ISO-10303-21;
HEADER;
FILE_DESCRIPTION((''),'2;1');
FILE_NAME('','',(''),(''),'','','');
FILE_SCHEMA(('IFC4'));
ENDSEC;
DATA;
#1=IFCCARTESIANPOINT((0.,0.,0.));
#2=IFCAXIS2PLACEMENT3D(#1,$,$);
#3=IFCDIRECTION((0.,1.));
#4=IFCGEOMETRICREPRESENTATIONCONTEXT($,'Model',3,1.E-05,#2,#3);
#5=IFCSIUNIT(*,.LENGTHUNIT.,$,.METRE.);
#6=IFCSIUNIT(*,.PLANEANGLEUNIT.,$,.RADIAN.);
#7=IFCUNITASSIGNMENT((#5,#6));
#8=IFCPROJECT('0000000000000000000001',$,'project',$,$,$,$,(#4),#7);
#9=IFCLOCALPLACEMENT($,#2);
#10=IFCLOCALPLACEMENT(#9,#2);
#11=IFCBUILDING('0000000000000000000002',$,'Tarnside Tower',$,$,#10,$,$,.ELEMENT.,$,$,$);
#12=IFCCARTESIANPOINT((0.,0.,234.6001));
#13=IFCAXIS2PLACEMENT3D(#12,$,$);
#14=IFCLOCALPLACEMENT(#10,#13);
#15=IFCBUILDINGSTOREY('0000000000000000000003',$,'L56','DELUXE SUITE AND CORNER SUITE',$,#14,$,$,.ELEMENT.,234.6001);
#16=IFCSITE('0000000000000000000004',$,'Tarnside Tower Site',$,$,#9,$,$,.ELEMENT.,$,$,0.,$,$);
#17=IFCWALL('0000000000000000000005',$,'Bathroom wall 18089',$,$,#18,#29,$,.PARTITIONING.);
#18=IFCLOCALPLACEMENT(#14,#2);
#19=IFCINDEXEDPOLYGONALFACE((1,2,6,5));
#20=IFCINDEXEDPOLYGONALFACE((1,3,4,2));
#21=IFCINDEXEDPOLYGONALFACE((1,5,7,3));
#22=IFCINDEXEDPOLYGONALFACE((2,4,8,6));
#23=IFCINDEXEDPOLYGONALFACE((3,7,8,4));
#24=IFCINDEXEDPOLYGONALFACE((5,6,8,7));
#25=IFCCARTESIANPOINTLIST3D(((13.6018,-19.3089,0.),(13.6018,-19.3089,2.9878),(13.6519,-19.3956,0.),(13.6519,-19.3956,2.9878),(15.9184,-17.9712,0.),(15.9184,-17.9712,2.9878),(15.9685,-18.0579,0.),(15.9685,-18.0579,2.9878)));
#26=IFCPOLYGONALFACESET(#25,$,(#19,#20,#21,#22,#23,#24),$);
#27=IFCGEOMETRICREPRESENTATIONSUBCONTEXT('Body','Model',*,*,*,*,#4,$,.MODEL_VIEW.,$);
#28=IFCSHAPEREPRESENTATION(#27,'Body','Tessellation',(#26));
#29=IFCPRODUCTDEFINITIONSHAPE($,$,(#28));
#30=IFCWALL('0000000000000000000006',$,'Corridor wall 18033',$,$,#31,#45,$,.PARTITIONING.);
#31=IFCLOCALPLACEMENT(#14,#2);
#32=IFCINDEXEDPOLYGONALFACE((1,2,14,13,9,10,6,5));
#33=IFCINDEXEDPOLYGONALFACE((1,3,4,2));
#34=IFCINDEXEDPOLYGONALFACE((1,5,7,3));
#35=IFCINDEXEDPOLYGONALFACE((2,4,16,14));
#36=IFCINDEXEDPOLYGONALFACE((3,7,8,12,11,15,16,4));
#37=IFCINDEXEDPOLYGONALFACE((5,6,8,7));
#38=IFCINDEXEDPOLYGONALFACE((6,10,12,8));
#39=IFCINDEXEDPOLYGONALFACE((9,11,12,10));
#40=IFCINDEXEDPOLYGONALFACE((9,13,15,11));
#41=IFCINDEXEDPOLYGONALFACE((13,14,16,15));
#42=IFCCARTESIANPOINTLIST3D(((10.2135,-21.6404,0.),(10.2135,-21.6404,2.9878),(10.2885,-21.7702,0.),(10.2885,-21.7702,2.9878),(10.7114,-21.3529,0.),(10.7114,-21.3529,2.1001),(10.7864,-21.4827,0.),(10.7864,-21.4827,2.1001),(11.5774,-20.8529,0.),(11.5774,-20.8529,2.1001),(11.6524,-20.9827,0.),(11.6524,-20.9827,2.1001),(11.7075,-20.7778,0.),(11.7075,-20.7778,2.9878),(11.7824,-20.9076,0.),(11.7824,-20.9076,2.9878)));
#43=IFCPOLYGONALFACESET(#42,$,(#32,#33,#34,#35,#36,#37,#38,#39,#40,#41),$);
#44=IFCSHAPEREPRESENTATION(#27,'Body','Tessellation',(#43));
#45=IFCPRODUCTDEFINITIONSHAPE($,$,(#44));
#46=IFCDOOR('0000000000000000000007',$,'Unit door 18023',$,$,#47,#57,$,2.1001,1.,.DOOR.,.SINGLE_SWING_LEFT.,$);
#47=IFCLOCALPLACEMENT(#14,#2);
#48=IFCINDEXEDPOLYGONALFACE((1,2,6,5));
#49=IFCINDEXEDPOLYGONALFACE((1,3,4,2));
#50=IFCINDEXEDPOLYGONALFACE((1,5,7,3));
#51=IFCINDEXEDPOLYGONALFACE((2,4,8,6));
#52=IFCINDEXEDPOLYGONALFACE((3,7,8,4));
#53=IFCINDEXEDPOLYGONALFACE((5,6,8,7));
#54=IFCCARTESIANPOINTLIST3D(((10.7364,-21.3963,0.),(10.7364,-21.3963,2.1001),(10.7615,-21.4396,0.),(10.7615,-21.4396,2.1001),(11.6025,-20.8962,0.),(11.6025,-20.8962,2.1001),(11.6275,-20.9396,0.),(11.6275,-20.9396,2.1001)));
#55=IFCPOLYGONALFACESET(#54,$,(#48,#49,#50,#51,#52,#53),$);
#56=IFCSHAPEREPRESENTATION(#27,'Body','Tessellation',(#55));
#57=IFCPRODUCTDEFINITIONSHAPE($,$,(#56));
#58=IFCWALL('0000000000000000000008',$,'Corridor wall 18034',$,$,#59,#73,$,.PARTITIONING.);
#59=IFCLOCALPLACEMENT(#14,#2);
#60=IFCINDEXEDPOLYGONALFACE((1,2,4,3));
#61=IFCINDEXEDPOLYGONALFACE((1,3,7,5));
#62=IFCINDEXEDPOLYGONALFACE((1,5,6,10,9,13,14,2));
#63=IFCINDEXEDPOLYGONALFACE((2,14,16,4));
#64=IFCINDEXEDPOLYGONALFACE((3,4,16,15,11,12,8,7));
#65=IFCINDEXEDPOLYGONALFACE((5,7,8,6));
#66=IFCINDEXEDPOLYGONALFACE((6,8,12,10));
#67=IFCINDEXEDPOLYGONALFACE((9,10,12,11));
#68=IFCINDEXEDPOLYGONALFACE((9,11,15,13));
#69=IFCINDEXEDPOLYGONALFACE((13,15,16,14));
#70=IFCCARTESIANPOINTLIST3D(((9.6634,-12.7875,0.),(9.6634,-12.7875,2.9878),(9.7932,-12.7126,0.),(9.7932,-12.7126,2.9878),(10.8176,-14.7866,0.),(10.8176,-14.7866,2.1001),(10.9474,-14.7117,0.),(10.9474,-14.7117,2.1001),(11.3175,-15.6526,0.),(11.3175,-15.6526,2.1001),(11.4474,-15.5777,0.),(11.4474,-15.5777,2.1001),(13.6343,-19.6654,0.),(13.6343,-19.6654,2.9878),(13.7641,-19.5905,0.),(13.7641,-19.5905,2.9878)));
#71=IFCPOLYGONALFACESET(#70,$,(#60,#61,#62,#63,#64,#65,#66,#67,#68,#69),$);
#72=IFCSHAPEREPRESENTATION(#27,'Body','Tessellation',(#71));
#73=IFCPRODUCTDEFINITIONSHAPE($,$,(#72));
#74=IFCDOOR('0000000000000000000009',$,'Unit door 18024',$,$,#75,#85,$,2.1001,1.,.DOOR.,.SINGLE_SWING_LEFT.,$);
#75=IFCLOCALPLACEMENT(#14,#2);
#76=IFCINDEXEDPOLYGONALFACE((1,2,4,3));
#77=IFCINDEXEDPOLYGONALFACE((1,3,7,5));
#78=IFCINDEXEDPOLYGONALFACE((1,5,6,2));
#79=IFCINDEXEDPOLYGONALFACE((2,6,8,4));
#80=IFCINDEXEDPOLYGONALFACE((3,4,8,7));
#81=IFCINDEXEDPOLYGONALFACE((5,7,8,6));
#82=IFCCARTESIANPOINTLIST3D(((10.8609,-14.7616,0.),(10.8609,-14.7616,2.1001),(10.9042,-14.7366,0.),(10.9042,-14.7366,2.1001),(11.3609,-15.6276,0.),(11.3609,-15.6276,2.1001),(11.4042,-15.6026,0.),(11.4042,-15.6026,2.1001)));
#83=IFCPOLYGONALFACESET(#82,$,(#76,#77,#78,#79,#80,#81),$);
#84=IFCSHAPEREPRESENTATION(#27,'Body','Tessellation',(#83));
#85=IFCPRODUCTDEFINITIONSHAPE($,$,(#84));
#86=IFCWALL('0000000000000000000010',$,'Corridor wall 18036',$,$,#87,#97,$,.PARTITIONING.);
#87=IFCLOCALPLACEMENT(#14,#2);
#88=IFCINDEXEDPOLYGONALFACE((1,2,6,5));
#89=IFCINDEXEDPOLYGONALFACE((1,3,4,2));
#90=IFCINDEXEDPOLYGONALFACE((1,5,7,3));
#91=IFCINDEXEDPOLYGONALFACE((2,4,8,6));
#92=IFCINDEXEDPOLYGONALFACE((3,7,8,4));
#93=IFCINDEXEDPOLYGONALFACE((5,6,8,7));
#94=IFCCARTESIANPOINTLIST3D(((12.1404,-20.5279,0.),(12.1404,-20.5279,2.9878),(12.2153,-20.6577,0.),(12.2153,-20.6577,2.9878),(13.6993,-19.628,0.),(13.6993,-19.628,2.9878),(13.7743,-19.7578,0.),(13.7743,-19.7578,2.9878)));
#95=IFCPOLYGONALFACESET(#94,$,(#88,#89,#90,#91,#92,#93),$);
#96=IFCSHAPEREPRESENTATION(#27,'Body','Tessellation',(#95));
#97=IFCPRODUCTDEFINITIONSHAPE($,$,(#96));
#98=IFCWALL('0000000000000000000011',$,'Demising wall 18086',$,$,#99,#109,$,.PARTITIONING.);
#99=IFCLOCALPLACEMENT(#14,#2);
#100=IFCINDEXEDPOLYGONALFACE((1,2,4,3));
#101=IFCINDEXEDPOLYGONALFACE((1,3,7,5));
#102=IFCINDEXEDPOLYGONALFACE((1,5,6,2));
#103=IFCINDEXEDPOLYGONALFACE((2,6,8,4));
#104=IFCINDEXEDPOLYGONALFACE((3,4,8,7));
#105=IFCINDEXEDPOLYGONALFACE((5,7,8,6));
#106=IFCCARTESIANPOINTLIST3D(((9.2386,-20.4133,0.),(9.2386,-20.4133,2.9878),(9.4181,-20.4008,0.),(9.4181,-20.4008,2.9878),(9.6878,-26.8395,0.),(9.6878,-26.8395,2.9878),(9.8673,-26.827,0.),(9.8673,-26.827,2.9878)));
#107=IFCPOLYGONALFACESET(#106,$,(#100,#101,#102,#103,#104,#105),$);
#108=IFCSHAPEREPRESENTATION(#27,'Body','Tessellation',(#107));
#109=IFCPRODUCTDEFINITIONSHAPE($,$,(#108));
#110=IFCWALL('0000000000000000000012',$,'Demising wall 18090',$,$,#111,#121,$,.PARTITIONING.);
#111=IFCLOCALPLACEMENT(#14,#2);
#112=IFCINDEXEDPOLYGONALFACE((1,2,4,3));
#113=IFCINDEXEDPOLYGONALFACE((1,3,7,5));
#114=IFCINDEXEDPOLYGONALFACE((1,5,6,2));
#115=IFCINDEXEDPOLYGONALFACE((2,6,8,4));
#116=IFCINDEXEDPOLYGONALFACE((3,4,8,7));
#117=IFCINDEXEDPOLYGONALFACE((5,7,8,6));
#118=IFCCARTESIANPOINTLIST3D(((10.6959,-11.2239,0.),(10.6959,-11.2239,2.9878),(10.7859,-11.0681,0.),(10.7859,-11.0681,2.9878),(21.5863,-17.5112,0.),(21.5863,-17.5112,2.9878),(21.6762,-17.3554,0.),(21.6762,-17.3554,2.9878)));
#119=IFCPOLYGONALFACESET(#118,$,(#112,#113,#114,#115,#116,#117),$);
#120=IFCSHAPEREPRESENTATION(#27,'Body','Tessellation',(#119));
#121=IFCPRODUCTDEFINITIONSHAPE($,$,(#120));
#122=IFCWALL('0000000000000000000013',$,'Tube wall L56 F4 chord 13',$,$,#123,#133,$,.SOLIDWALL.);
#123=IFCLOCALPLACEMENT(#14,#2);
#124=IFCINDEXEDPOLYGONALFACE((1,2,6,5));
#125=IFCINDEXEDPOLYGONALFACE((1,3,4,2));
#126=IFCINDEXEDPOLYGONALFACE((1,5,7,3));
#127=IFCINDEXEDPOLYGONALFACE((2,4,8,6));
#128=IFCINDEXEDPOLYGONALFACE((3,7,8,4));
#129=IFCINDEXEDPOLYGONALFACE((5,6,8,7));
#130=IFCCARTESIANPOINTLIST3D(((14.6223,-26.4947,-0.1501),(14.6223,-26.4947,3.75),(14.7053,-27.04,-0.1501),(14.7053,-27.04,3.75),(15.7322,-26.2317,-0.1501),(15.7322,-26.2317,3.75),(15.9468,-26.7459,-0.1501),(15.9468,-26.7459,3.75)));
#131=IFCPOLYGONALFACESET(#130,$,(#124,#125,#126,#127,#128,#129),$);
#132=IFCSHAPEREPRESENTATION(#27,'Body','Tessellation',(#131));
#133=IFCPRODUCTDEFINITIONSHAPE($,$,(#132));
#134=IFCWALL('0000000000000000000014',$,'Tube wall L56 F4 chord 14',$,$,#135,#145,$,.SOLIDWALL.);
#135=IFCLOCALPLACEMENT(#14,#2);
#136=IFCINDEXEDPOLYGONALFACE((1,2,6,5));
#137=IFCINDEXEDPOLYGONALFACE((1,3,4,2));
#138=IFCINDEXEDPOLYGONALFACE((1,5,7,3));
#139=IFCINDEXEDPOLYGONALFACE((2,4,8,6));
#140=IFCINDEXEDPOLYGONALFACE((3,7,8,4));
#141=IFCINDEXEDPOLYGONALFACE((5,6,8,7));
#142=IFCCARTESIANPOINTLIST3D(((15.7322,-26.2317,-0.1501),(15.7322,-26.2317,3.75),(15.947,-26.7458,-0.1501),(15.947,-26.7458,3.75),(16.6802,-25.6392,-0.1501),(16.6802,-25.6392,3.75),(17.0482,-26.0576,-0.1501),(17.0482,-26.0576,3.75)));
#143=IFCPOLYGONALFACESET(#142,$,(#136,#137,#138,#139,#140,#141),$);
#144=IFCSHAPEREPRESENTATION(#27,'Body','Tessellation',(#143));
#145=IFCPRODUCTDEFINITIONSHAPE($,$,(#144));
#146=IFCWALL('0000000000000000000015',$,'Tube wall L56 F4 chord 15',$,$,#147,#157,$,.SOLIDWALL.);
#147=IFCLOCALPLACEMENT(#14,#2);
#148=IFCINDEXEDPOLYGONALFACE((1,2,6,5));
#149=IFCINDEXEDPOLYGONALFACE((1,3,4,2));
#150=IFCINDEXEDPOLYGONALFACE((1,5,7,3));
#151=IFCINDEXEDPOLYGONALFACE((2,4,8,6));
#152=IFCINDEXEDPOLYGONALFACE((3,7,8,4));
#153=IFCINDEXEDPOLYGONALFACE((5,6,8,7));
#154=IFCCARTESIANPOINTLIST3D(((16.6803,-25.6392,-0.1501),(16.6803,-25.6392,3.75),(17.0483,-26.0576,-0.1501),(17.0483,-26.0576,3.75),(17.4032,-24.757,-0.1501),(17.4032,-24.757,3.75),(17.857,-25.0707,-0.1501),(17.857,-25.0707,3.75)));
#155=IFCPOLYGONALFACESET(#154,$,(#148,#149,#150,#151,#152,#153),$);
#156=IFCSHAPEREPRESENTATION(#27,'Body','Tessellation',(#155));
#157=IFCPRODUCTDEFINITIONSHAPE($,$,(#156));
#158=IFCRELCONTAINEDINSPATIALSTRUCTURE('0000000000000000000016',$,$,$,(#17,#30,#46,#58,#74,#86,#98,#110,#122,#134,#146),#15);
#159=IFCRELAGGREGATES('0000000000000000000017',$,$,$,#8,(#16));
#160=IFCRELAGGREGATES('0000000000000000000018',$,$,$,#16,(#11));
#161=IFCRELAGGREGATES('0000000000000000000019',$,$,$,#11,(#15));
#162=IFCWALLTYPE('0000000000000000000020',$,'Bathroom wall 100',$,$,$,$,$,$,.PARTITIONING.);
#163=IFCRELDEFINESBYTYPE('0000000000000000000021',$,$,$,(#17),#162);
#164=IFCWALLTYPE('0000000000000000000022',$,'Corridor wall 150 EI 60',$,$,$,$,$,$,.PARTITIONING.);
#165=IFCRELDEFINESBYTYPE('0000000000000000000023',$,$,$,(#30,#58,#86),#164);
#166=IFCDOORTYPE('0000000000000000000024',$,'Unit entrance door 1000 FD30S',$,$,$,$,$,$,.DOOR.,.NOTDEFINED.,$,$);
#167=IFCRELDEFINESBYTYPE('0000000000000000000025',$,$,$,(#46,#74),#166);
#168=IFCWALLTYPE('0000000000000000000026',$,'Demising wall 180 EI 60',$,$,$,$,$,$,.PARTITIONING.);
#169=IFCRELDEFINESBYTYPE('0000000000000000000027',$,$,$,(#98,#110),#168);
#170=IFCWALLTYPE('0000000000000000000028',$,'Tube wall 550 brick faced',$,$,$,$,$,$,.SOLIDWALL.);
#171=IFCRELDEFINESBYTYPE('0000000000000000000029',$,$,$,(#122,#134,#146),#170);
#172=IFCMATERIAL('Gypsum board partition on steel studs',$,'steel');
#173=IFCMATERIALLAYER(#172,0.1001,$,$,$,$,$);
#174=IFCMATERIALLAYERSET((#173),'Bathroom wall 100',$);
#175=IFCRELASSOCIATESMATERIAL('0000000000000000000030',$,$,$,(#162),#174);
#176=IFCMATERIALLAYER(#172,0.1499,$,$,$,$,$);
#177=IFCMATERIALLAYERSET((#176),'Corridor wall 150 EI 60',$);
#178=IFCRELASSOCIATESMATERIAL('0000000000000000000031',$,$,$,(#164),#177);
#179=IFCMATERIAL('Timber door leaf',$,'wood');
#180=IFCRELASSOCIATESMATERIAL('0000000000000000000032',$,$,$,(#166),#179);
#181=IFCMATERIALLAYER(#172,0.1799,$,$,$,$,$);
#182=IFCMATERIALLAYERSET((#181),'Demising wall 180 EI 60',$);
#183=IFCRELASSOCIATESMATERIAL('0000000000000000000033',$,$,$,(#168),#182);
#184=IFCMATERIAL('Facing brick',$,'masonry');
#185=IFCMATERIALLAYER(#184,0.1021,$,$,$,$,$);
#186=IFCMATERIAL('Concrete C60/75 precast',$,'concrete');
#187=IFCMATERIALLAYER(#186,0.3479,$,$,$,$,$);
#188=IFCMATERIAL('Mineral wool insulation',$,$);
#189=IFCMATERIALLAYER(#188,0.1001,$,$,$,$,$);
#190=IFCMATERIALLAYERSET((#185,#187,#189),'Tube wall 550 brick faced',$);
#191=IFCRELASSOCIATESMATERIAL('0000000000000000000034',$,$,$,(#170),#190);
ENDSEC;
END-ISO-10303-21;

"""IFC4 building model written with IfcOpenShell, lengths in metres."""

from ifc_helpers import new_model, si_unit, direction, frame, frame_2d, origin, place, context, subcontext, project, spatial, polyline, rectangle, outline, extrude, material, layer, layer_set, type_object, element, fill, save


model = new_model("IFC4")

# Units and contexts
model_context = context("Model", 3, precision=1e-05, world=origin(), true_north=direction((0.0, 1.0)))
body_context = subcontext(model_context, "Body", "Model", "MODEL_VIEW")
ifc_project = project(units=[si_unit("LENGTHUNIT", "METRE"), si_unit("PLANEANGLEUNIT", "RADIAN")], contexts=[model_context])

# Site, building, storey
site_placement = place(None, origin())
site = spatial("IfcSite", under=ifc_project, at=site_placement, Name="Tarnside Tower Site", CompositionType="ELEMENT", RefElevation=0.0)
building_placement = place(site_placement, origin())
building = spatial("IfcBuilding", under=site, at=building_placement, Name="Tarnside Tower", CompositionType="ELEMENT")
storey_placement = place(building_placement, frame((0.0, 0.0, 234.6001)))
storey = spatial("IfcBuildingStorey", under=building, at=storey_placement, Name="L56", Description="DELUXE SUITE AND CORNER SUITE", CompositionType="ELEMENT", Elevation=234.6001)

# Wall
ifc_material_1 = material(Name="Gypsum board partition on steel studs", Category="steel")
ifc_layer_1 = layer(ifc_material_1, 0.1001)
ifc_layer_set_1 = layer_set([ifc_layer_1], Name="Bathroom wall 100")
wall_type_1 = type_object("IfcWallType", Name="Bathroom wall 100", PredefinedType="PARTITIONING", material=ifc_layer_set_1)
wall_1_placement = place(storey_placement, frame((15.9434, -18.0146, 0.0), z_axis=(0.0, 0.0, 1.0), x_axis=(-0.866005, -0.500036, 0.0)))
element("IfcWall", 1, at=wall_1_placement, inside=storey, type_object=wall_type_1, Name="Bathroom wall 18089", PredefinedType="PARTITIONING", context=body_context, shape_type="SweptSolid", body=[
    extrude(rectangle(XDim=2.675, YDim=0.1001, at=frame_2d((1.3374, 0.0))), origin(), (0.0, 0.0, 1.0), 2.9878),
])

# Walls, openings, doors
ifc_layer_2 = layer(ifc_material_1, 0.1499)
ifc_layer_set_2 = layer_set([ifc_layer_2], Name="Corridor wall 150 EI 60")
wall_type_2 = type_object("IfcWallType", Name="Corridor wall 150 EI 60", PredefinedType="PARTITIONING", material=ifc_layer_set_2)
wall_2_placement = place(storey_placement, frame((10.251, -21.7053, 0.0), z_axis=(0.0, 0.0, 1.0), x_axis=(0.866014, 0.500021, 0.0)))
wall_2 = element("IfcWall", 2, at=wall_2_placement, inside=storey, type_object=wall_type_2, Name="Corridor wall 18033", PredefinedType="PARTITIONING", context=body_context, shape_type="SweptSolid", body=[
    extrude(rectangle(XDim=1.7251, YDim=0.1499, at=frame_2d((0.8625, 0.0))), origin(), (0.0, 0.0, 1.0), 2.9878),
])
opening_1_placement = place(wall_2_placement, frame((0.575, 0.0, 0.0)))
opening_1 = element("IfcOpeningElement", 3, at=opening_1_placement, cuts=wall_2, PredefinedType="OPENING", context=body_context, shape_type="SweptSolid", body=[
    extrude(rectangle(XDim=1.0, YDim=2.1001, at=frame_2d((0.5, 1.05))), frame((0.0, 0.085, 0.0), z_axis=(0.0, -1.0, 0.0), x_axis=(1.0, 0.0, 0.0)), (0.0, 0.0, 1.0), 0.1699),
])
ifc_material_2 = material(Name="Timber door leaf", Category="wood")
door_type = type_object("IfcDoorType", Name="Unit entrance door 1000 FD30S", OperationType="NOTDEFINED", PredefinedType="DOOR", material=ifc_material_2)
door_1_placement = place(opening_1_placement, origin())
door_1 = element("IfcDoor", 4, at=door_1_placement, inside=storey, type_object=door_type, Name="Unit door 18023", OperationType="SINGLE_SWING_LEFT", OverallHeight=2.1001, OverallWidth=1.0, PredefinedType="DOOR", context=body_context, shape_type="SweptSolid", body=[
    extrude(rectangle(XDim=1.0, YDim=2.1001, at=frame_2d((0.5, 1.05))), frame((0.0, 0.0249, 0.0), z_axis=(0.0, -1.0, 0.0), x_axis=(1.0, 0.0, 0.0)), (0.0, 0.0, 1.0), 0.05),
])
fill(opening_1, door_1)
wall_3_placement = place(storey_placement, frame((13.6992, -19.6279, 0.0), z_axis=(0.0, 0.0, 1.0), x_axis=(-0.499997, 0.866027, 0.0)))
wall_3 = element("IfcWall", 5, at=wall_3_placement, inside=storey, type_object=wall_type_2, Name="Corridor wall 18034", PredefinedType="PARTITIONING", context=body_context, shape_type="SweptSolid", body=[
    extrude(rectangle(XDim=7.9419, YDim=0.1499, at=frame_2d((3.9709, 0.0))), origin(), (0.0, 0.0, 1.0), 2.9878),
])
opening_2_placement = place(wall_3_placement, frame((4.6335, 0.0, 0.0)))
opening_2 = element("IfcOpeningElement", 6, at=opening_2_placement, cuts=wall_3, PredefinedType="OPENING", context=body_context, shape_type="SweptSolid", body=[
    extrude(rectangle(XDim=1.0, YDim=2.1001, at=frame_2d((0.5, 1.05))), frame((0.0, 0.085, 0.0), z_axis=(0.0, -1.0, 0.0), x_axis=(1.0, 0.0, 0.0)), (0.0, 0.0, 1.0), 0.1699),
])
door_2_placement = place(opening_2_placement, origin())
door_2 = element("IfcDoor", 7, at=door_2_placement, inside=storey, type_object=door_type, Name="Unit door 18024", OperationType="SINGLE_SWING_LEFT", OverallHeight=2.1001, OverallWidth=1.0, PredefinedType="DOOR", context=body_context, shape_type="SweptSolid", body=[
    extrude(rectangle(XDim=1.0, YDim=2.1001, at=frame_2d((0.5, 1.05))), frame((0.0, 0.0249, 0.0), z_axis=(0.0, -1.0, 0.0), x_axis=(1.0, 0.0, 0.0)), (0.0, 0.0, 1.0), 0.05),
])
fill(opening_2, door_2)

# Walls
wall_4_placement = place(storey_placement, frame((12.178, -20.5928, 0.0), z_axis=(0.0, 0.0, 1.0), x_axis=(0.866048, 0.499961, 0.0)))
element("IfcWall", 8, at=wall_4_placement, inside=storey, type_object=wall_type_2, Name="Corridor wall 18036", PredefinedType="PARTITIONING", context=body_context, shape_type="SweptSolid", body=[
    extrude(rectangle(XDim=1.8, YDim=0.1499, at=frame_2d((0.8999, 0.0))), origin(), (0.0, 0.0, 1.0), 2.9878),
])
ifc_layer_3 = layer(ifc_material_1, 0.1799)
ifc_layer_set_3 = layer_set([ifc_layer_3], Name="Demising wall 180 EI 60")
wall_type_3 = type_object("IfcWallType", Name="Demising wall 180 EI 60", PredefinedType="PARTITIONING", material=ifc_layer_set_3)
wall_5_placement = place(storey_placement, frame((9.7776, -26.8333, 0.0), z_axis=(0.0, 0.0, 1.0), x_axis=(-0.069733, 0.997566, 0.0)))
element("IfcWall", 9, at=wall_5_placement, inside=storey, type_object=wall_type_3, Name="Demising wall 18086", PredefinedType="PARTITIONING", context=body_context, shape_type="SweptSolid", body=[
    extrude(rectangle(XDim=6.4419, YDim=0.1799, at=frame_2d((3.2209, 0.0))), origin(), (0.0, 0.0, 1.0), 2.9878),
])
wall_6_placement = place(storey_placement, frame((21.6313, -17.4333, 0.0), z_axis=(0.0, 0.0, 1.0), x_axis=(-0.866033, 0.499987, 0.0)))
element("IfcWall", 10, at=wall_6_placement, inside=storey, type_object=wall_type_3, Name="Demising wall 18090", PredefinedType="PARTITIONING", context=body_context, shape_type="SweptSolid", body=[
    extrude(rectangle(XDim=12.575, YDim=0.1799, at=frame_2d((6.2876, 0.0))), origin(), (0.0, 0.0, 1.0), 2.9878),
])
ifc_material_3 = material(Name="Facing brick", Category="masonry")
ifc_layer_4 = layer(ifc_material_3, 0.1021)
ifc_material_4 = material(Name="Concrete C60/75 precast", Category="concrete")
ifc_layer_5 = layer(ifc_material_4, 0.3479)
ifc_material_5 = material(Name="Mineral wool insulation")
ifc_layer_6 = layer(ifc_material_5, 0.1001)
ifc_layer_set_4 = layer_set([ifc_layer_4, ifc_layer_5, ifc_layer_6], Name="Tube wall 550 brick faced")
wall_type_4 = type_object("IfcWallType", Name="Tube wall 550 brick faced", PredefinedType="SOLIDWALL", material=ifc_layer_set_4)
wall_7_placement = place(storey_placement, frame((14.6638, -26.7673, -0.1501), z_axis=(0.0, 0.0, 1.0), x_axis=(0.973064, 0.230537, 0.0)))
element("IfcWall", 11, at=wall_7_placement, inside=storey, type_object=wall_type_4, Name="Tube wall L56 F4 chord 13", PredefinedType="SOLIDWALL", context=body_context, shape_type="SweptSolid", body=[
    extrude(outline(polyline([(-0.0225, -0.2749), (1.2534, -0.2749), (1.1631, 0.2749), (0.0225, 0.2749), (-0.0225, -0.2749)])), origin(), (0.0, 0.0, 1.0), 3.9001),
])
wall_8_placement = place(storey_placement, frame((15.8396, -26.4888, -0.1501), z_axis=(0.0, 0.0, 1.0), x_axis=(0.84801, 0.529981, 0.0)))
element("IfcWall", 12, at=wall_8_placement, inside=storey, type_object=wall_type_4, Name="Tube wall L56 F4 chord 14", PredefinedType="SOLIDWALL", context=body_context, shape_type="SweptSolid", body=[
    extrude(outline(polyline([(-0.0452, -0.2749), (1.2534, -0.2749), (1.1631, 0.2749), (0.0452, 0.2749), (-0.0452, -0.2749)])), origin(), (0.0, 0.0, 1.0), 3.9001),
])
wall_9_placement = place(storey_placement, frame((16.8643, -25.8484, -0.1501), z_axis=(0.0, 0.0, 1.0), x_axis=(0.633843, 0.773462, 0.0)))
element("IfcWall", 13, at=wall_9_placement, inside=storey, type_object=wall_type_4, Name="Tube wall L56 F4 chord 15", PredefinedType="SOLIDWALL", context=body_context, shape_type="SweptSolid", body=[
    extrude(outline(polyline([(-0.0452, -0.2749), (1.2307, -0.2749), (1.1858, 0.2749), (0.0452, 0.2749), (-0.0452, -0.2749)])), origin(), (0.0, 0.0, 1.0), 3.9001),
])

save(model, "model.ifc")
